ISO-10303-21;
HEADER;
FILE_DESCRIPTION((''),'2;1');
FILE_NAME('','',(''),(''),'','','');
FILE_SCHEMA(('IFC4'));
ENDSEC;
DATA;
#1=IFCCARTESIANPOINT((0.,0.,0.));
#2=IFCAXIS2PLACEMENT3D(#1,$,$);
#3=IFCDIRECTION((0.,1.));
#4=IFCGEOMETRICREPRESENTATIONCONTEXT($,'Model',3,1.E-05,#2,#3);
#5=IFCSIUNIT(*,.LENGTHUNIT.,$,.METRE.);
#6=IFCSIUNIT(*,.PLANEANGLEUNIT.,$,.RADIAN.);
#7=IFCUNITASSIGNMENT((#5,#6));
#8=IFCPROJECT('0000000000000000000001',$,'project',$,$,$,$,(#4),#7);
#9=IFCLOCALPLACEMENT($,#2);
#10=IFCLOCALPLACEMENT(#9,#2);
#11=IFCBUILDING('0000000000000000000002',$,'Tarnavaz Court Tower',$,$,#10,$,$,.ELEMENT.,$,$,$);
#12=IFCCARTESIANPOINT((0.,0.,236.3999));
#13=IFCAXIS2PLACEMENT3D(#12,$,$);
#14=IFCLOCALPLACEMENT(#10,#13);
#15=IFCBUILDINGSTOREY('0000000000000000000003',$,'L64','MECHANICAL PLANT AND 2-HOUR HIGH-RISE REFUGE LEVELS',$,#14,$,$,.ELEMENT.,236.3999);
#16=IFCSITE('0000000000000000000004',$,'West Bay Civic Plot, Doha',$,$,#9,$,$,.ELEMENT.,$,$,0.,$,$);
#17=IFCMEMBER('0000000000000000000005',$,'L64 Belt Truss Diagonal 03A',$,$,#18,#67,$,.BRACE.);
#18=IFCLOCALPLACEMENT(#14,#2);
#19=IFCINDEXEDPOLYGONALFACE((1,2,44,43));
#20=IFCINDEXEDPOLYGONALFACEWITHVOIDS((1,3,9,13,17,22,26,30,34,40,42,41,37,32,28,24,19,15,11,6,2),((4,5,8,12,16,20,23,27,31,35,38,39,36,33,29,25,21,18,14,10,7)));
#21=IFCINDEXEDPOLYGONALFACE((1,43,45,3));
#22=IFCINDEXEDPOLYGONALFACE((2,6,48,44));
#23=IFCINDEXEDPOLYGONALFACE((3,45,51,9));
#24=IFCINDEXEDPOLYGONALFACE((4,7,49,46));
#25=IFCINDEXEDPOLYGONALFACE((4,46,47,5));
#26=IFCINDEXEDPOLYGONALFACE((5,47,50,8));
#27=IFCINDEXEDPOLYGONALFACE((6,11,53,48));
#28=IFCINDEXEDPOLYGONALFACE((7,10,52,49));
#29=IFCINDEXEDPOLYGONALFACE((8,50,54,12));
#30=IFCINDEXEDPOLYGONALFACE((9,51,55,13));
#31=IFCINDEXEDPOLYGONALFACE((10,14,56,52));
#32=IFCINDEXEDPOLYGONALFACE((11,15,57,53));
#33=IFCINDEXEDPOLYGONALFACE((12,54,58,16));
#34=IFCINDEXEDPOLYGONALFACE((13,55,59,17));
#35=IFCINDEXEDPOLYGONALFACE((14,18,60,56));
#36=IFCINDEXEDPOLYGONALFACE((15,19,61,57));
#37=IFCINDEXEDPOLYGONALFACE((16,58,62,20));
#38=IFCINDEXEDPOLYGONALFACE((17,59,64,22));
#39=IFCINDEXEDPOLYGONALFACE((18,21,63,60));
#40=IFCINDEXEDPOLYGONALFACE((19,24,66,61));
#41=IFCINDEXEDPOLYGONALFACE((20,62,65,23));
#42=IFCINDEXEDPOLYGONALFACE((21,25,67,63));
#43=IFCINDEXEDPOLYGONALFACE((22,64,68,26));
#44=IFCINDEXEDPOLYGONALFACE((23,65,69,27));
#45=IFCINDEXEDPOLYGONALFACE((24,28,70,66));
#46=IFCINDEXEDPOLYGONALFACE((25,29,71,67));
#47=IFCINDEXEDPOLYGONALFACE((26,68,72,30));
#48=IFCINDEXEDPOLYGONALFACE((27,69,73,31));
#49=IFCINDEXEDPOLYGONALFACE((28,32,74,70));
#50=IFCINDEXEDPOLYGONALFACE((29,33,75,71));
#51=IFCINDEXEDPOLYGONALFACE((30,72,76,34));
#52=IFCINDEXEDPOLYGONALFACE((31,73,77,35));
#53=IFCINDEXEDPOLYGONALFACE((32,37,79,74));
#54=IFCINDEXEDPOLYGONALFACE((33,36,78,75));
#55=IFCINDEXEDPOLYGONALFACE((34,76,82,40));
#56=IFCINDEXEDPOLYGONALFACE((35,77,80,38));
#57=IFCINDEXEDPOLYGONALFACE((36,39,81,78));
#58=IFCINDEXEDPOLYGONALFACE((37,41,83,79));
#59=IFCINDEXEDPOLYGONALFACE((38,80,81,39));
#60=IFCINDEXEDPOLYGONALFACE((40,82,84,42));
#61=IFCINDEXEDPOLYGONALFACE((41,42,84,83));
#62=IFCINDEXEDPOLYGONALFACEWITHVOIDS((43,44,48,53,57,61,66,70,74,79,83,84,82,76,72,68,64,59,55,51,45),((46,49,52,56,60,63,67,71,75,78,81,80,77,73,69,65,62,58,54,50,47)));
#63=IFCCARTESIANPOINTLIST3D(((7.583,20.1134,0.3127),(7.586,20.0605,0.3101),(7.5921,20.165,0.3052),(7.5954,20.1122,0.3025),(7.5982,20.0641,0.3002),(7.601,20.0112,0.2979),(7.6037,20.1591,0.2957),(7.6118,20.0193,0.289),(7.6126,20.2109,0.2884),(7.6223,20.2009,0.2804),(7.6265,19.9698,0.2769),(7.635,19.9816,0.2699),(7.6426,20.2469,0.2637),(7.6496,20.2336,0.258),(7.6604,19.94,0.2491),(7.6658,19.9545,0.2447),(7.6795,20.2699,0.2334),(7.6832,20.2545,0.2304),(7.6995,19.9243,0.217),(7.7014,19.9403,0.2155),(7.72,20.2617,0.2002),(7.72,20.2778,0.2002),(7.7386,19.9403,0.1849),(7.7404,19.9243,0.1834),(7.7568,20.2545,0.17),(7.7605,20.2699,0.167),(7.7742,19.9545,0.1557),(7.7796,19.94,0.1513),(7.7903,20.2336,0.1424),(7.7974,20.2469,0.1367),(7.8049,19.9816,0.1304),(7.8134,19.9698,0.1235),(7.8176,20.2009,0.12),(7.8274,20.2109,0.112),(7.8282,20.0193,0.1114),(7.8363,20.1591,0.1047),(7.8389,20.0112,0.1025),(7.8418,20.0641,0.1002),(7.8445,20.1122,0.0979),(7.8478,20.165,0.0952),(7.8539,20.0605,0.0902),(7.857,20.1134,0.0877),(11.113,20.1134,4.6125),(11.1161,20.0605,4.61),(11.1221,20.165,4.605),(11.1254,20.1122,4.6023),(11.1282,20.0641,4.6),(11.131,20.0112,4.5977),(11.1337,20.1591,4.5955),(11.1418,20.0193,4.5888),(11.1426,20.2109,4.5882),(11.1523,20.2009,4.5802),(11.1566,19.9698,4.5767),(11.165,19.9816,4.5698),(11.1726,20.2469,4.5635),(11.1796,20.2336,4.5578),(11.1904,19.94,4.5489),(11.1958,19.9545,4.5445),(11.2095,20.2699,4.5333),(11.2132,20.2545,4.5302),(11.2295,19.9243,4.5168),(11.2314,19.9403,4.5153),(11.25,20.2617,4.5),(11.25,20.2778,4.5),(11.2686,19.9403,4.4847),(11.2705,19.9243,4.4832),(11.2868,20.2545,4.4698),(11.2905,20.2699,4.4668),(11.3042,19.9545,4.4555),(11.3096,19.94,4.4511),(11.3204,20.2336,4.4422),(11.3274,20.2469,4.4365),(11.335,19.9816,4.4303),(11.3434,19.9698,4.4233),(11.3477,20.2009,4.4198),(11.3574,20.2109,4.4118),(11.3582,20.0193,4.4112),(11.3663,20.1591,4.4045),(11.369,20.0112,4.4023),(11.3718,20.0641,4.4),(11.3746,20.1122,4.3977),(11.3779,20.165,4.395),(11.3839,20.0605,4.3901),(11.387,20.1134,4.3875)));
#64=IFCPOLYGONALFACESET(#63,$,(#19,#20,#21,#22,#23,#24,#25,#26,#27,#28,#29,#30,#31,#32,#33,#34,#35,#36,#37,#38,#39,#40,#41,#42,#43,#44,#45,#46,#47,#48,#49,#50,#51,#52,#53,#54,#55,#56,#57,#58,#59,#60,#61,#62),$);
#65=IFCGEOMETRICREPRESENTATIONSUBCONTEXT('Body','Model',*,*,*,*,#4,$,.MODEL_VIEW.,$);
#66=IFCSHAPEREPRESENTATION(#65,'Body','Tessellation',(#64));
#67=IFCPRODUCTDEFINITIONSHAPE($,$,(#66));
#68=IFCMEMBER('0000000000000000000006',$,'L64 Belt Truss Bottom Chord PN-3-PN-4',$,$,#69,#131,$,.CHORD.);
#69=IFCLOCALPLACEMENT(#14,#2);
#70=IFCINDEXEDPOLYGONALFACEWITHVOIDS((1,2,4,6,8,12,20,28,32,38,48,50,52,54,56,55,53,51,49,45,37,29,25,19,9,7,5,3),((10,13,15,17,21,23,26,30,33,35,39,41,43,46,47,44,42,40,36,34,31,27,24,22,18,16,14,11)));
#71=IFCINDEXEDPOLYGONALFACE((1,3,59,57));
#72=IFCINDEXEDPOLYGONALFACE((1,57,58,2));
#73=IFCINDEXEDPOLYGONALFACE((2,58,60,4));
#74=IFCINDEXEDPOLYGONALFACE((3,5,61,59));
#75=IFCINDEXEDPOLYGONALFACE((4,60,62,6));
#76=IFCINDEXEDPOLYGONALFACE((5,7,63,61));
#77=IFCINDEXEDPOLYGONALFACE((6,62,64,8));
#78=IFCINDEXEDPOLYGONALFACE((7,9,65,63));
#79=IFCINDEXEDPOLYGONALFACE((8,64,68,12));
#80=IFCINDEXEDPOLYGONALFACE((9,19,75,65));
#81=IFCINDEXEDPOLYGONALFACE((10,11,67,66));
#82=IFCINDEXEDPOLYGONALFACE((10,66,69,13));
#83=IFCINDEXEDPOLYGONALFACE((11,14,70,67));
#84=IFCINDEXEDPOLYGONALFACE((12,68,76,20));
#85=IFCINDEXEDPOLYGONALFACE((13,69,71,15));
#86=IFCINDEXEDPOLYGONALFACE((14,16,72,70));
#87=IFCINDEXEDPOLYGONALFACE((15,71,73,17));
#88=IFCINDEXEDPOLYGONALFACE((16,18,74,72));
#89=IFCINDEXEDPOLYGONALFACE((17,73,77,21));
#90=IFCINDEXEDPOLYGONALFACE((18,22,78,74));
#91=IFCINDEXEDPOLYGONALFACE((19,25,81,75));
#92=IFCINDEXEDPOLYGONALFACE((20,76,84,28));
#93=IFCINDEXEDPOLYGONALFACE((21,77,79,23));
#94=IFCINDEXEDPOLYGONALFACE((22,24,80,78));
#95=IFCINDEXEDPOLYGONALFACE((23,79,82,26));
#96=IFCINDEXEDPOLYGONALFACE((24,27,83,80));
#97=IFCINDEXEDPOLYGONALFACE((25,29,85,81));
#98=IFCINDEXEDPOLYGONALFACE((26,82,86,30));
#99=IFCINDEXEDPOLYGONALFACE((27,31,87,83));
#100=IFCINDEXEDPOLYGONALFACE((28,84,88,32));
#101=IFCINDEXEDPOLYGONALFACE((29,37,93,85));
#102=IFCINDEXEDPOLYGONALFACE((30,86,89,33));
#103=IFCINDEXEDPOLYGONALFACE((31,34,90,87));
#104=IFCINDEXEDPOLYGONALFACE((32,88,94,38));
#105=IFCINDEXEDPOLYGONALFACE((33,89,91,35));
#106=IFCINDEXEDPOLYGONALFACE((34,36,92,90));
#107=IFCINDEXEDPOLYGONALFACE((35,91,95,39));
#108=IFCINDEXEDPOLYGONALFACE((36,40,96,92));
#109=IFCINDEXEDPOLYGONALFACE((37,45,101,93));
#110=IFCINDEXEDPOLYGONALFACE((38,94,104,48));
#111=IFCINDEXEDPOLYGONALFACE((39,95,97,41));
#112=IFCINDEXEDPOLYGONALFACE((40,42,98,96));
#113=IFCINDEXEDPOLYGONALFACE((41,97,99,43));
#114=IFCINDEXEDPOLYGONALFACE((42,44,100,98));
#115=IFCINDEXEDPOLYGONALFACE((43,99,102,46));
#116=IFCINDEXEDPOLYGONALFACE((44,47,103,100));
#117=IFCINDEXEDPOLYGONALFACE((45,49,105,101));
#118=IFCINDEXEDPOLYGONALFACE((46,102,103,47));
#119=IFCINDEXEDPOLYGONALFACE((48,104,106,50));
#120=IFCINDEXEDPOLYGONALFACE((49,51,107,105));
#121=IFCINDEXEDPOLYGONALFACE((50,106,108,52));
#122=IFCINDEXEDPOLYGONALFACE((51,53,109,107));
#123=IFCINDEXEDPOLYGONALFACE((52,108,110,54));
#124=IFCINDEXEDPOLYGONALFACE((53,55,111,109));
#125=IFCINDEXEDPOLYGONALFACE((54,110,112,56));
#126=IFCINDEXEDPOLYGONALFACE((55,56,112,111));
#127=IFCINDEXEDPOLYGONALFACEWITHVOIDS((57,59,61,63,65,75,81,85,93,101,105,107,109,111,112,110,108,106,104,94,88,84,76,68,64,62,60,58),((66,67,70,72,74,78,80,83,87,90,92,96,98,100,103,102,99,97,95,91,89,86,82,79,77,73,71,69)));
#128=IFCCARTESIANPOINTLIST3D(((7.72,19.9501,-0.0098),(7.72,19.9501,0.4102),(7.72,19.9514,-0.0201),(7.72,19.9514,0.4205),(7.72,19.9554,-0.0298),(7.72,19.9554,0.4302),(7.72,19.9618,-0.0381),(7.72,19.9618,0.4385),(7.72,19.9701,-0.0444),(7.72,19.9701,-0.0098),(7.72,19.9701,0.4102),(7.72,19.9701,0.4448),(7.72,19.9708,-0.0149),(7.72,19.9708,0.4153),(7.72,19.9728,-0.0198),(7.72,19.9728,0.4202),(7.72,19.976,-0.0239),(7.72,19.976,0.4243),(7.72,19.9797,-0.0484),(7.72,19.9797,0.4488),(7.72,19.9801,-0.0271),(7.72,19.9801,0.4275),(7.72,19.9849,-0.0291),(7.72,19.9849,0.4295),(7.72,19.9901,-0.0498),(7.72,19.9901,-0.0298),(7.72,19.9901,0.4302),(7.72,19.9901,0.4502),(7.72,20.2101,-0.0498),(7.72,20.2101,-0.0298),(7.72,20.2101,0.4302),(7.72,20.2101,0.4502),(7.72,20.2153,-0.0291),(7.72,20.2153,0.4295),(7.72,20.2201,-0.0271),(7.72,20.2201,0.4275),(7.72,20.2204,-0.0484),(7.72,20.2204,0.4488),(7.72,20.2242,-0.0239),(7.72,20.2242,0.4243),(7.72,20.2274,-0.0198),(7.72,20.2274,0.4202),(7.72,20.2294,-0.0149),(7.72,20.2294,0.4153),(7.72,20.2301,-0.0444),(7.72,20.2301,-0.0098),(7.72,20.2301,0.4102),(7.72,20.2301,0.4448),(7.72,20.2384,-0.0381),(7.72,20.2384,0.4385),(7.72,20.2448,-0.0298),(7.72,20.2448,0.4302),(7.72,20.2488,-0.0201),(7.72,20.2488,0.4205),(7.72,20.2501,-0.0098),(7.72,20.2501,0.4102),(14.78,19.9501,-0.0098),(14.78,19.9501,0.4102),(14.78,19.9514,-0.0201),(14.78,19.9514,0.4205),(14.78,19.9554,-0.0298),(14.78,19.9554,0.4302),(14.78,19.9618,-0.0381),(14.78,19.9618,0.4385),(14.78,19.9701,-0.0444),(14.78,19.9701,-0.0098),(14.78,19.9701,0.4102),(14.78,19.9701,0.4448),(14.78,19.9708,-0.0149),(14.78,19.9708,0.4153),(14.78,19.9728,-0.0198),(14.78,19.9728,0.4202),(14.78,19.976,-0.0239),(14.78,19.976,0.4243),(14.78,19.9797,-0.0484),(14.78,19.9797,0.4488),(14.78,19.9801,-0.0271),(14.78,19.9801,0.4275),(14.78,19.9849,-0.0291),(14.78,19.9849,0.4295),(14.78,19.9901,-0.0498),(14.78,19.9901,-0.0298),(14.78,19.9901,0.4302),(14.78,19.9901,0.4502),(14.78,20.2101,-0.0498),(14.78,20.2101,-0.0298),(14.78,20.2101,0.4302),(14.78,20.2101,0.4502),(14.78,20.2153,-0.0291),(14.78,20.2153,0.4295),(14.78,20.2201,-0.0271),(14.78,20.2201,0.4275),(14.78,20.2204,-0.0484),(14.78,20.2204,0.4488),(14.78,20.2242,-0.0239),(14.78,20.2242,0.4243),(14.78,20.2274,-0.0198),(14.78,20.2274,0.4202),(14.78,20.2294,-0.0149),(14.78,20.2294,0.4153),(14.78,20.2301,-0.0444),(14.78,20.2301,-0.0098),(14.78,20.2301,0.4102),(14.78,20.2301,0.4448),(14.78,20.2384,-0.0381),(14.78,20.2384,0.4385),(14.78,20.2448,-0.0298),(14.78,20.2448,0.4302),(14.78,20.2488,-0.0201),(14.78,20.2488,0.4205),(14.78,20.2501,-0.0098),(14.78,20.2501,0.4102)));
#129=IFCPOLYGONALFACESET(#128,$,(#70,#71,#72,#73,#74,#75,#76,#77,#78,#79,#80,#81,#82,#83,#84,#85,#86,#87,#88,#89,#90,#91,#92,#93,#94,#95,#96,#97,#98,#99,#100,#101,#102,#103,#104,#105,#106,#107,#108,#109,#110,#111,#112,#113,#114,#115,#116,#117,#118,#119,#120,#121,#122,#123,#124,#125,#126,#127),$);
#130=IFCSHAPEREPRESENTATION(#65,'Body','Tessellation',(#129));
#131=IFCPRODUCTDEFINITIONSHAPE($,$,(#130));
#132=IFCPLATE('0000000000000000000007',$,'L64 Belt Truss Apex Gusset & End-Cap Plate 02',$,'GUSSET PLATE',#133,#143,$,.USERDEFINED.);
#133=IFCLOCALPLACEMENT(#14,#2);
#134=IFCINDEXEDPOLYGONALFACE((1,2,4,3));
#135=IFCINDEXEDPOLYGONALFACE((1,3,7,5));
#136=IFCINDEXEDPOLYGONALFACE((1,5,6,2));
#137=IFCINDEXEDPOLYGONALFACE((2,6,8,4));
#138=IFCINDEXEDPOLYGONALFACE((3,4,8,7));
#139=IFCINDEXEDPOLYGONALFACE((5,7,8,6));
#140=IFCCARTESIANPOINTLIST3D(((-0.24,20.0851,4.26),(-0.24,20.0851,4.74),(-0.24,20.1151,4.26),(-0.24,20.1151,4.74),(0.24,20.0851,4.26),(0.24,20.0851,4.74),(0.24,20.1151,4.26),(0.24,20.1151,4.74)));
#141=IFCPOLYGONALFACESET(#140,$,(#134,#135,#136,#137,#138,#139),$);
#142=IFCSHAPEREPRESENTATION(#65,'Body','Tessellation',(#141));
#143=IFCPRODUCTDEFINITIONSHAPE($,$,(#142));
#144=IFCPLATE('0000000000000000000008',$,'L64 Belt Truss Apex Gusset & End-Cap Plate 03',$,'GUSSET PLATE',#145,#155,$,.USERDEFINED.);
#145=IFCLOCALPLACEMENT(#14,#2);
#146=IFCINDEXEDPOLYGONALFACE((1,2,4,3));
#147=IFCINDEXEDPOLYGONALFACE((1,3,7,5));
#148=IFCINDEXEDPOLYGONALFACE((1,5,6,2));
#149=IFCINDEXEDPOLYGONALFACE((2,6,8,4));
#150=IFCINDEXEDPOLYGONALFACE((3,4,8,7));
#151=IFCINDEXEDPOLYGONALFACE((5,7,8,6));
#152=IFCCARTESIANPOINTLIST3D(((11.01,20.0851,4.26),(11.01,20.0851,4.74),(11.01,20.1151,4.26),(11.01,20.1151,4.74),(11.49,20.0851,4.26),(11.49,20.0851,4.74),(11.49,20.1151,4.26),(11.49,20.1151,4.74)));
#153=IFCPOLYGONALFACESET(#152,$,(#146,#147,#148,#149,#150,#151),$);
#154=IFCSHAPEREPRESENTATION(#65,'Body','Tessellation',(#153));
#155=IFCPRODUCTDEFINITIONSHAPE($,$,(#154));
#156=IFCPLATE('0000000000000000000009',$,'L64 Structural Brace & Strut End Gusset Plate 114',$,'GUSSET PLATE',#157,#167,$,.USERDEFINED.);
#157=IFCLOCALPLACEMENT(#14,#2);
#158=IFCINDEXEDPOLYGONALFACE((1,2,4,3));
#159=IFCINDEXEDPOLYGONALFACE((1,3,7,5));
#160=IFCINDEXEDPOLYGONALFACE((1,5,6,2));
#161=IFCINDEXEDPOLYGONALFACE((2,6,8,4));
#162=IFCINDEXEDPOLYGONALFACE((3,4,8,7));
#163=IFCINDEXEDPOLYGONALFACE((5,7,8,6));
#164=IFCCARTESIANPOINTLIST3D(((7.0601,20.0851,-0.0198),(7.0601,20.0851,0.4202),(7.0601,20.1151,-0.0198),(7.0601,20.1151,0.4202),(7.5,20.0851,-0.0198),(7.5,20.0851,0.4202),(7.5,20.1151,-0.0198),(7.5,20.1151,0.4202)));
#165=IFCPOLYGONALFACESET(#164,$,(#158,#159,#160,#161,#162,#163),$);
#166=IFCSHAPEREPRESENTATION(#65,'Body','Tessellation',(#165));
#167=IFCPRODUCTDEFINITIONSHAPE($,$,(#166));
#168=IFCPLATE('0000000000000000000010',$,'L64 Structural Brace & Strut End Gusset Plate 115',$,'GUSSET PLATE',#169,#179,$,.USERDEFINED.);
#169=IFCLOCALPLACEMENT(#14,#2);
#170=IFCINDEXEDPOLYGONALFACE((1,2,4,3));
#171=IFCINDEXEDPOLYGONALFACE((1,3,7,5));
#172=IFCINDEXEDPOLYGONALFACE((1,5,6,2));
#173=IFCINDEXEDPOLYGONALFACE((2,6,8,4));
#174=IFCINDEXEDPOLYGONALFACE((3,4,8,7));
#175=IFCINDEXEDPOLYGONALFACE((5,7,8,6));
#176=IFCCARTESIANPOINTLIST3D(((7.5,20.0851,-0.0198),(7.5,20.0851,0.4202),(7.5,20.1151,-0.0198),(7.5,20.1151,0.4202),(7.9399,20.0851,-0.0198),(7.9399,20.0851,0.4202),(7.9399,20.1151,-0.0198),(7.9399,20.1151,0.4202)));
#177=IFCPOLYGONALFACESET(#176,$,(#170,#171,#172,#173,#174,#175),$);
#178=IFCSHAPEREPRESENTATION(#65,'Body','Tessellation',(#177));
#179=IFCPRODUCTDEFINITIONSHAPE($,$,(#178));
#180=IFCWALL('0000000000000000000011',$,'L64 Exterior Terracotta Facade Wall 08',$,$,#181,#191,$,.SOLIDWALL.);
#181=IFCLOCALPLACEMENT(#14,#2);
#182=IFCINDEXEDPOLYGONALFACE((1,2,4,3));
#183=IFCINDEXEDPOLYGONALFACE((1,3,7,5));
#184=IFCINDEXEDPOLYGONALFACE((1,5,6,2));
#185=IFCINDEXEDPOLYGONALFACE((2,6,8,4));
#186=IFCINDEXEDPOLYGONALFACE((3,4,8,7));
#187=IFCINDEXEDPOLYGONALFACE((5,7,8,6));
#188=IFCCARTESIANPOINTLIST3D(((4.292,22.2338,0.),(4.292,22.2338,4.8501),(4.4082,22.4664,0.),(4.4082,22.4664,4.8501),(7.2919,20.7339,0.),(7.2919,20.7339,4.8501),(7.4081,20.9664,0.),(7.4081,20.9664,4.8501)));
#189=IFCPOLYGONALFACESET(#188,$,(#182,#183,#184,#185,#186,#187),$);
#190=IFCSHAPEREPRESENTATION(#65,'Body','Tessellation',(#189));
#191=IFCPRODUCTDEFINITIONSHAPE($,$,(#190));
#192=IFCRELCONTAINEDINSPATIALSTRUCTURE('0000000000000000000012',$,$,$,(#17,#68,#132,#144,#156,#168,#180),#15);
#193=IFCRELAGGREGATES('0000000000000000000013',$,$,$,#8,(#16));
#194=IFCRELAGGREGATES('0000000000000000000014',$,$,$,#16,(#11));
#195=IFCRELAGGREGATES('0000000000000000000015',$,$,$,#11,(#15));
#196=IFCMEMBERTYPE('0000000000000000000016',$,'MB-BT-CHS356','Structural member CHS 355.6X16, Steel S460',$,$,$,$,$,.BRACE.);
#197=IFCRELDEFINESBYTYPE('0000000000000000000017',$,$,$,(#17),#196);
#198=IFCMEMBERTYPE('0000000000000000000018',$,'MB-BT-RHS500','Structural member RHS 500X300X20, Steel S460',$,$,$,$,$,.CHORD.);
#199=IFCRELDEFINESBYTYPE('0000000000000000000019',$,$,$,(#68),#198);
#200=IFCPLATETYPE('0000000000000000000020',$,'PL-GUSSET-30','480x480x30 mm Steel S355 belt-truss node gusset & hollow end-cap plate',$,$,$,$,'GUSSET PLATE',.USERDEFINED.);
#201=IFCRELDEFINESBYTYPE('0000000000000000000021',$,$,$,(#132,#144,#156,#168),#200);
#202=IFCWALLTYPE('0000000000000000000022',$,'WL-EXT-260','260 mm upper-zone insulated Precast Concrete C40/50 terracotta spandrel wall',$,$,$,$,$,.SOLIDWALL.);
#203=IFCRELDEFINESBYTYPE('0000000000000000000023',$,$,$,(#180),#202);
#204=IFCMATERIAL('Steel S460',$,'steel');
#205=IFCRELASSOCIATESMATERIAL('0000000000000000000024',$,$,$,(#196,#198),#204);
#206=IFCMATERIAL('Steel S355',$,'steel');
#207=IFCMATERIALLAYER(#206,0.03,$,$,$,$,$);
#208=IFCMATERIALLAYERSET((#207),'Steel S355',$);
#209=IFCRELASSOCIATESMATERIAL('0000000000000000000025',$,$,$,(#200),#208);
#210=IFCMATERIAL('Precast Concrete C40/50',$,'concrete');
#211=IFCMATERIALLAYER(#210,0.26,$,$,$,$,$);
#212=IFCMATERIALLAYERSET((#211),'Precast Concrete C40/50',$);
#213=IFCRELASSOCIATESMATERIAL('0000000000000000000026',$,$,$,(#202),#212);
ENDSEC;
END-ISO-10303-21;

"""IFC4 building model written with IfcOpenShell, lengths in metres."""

from ifc_helpers import new_model, si_unit, direction, frame, frame_2d, origin, origin_2d, place, context, subcontext, project, spatial, rectangle, hollow_rectangle, hollow_circle, extrude, material, layer, layer_set, material_profile, profile_set, type_object, element, save


model = new_model("IFC4")

# Units and contexts
model_context = context("Model", 3, precision=1e-05, world=origin(), true_north=direction((0.0, 1.0)))
body_context = subcontext(model_context, "Body", "Model", "MODEL_VIEW")
ifc_project = project(units=[si_unit("LENGTHUNIT", "METRE"), si_unit("PLANEANGLEUNIT", "RADIAN")], contexts=[model_context])

# Site, building, storey
site_placement = place(None, origin())
site = spatial("IfcSite", under=ifc_project, at=site_placement, Name="West Bay Civic Plot, Doha", CompositionType="ELEMENT", RefElevation=0.0)
building_placement = place(site_placement, origin())
building = spatial("IfcBuilding", under=site, at=building_placement, Name="Tarnavaz Court Tower", CompositionType="ELEMENT")
storey_placement = place(building_placement, frame((0.0, 0.0, 236.3999)))
storey = spatial("IfcBuildingStorey", under=building, at=storey_placement, Name="L64", Description="MECHANICAL PLANT AND 2-HOUR HIGH-RISE REFUGE LEVELS", CompositionType="ELEMENT", Elevation=236.3999)

# Shared definitions
ifc_material_1 = material(Name="Steel S460", Category="steel")

# Shared definitions
ifc_material_2 = material(Name="Steel S355", Category="steel")

# Members
ifc_material_profile_1 = material_profile(ifc_material_1, hollow_circle(Radius=0.1777, WallThickness=0.0161, at=origin_2d()), Name="CHS 355.6X16")
ifc_profile_set_1 = profile_set([ifc_material_profile_1], Name="Steel S460")
member_type_1 = type_object("IfcMemberType", Name="MB-BT-CHS356", Description="Structural member CHS 355.6X16, Steel S460", PredefinedType="BRACE", material=ifc_profile_set_1)
member_1_placement = place(storey_placement, frame((7.72, 20.1001, 0.2002), z_axis=(0.63453, 0.0, 0.772898), x_axis=(0.0, 1.0, 0.0)))
element("IfcMember", 1, at=member_1_placement, inside=storey, type_object=member_type_1, Name="L64 Belt Truss Diagonal 03A", PredefinedType="BRACE", context=body_context, shape_type="SweptSolid", body=[
    extrude(hollow_circle(Radius=0.1777, WallThickness=0.0161, at=origin_2d()), origin(), (0.0, 0.0, 1.0), 5.5632),
])
ifc_material_profile_2 = material_profile(ifc_material_1, hollow_rectangle(XDim=0.3, YDim=0.5, WallThickness=0.02, InnerFilletRadius=0.02, OuterFilletRadius=0.04, at=origin_2d()), Name="RHS 500X300X20")
ifc_profile_set_2 = profile_set([ifc_material_profile_2], Name="Steel S460")
member_type_2 = type_object("IfcMemberType", Name="MB-BT-RHS500", Description="Structural member RHS 500X300X20, Steel S460", PredefinedType="CHORD", material=ifc_profile_set_2)
member_2_placement = place(storey_placement, frame((7.72, 20.1001, 0.2002), z_axis=(1.0, 0.0, 0.0), x_axis=(0.0, 1.0, 0.0)))
element("IfcMember", 2, at=member_2_placement, inside=storey, type_object=member_type_2, Name="L64 Belt Truss Bottom Chord PN-3-PN-4", PredefinedType="CHORD", context=body_context, shape_type="SweptSolid", body=[
    extrude(hollow_rectangle(XDim=0.3, YDim=0.5, WallThickness=0.02, InnerFilletRadius=0.02, OuterFilletRadius=0.04, at=origin_2d()), origin(), (0.0, 0.0, 1.0), 7.0601),
])

# Plates
ifc_layer_1 = layer(ifc_material_2, 0.03)
ifc_layer_set_1 = layer_set([ifc_layer_1], Name="Steel S355")
plate_type = type_object("IfcPlateType", Name="PL-GUSSET-30", Description="480x480x30 mm Steel S355 belt-truss node gusset & hollow end-cap plate", ElementType="GUSSET PLATE", PredefinedType="USERDEFINED", material=ifc_layer_set_1)
for number, where, z_axis, x_axis, name in (
    (3, (0.0, 20.1001, 4.26), (0.0, 0.0, 1.0), (1.0, 0.0, 0.0), "L64 Belt Truss Apex Gusset & End-Cap Plate 02"),
    (4, (11.25, 20.1001, 4.26), (0.0, 0.0, 1.0), (1.0, 0.0, 0.0), "L64 Belt Truss Apex Gusset & End-Cap Plate 03"),
):
    element("IfcPlate", number, at=place(storey_placement, frame(where, z_axis=z_axis, x_axis=x_axis)), inside=storey, type_object=plate_type, Name=name, ObjectType="GUSSET PLATE", PredefinedType="USERDEFINED", context=body_context, shape_type="SweptSolid", body=[
        extrude(rectangle(XDim=0.48, YDim=0.03, at=origin_2d()), origin(), (0.0, 0.0, 1.0), 0.48),
    ])
for number, where, z_axis, x_axis, name in (
    (5, (7.28, 20.1001, -0.0198), (0.0, 0.0, 1.0), (1.0, 0.0, 0.0), "L64 Structural Brace & Strut End Gusset Plate 114"),
    (6, (7.72, 20.1001, -0.0198), (0.0, 0.0, 1.0), (1.0, 0.0, 0.0), "L64 Structural Brace & Strut End Gusset Plate 115"),
):
    element("IfcPlate", number, at=place(storey_placement, frame(where, z_axis=z_axis, x_axis=x_axis)), inside=storey, type_object=plate_type, Name=name, ObjectType="GUSSET PLATE", PredefinedType="USERDEFINED", context=body_context, shape_type="SweptSolid", body=[
        extrude(rectangle(XDim=0.4399, YDim=0.03, at=origin_2d()), origin(), (0.0, 0.0, 1.0), 0.4399),
    ])

# Wall
ifc_material_3 = material(Name="Precast Concrete C40/50", Category="concrete")
ifc_layer_2 = layer(ifc_material_3, 0.26)
ifc_layer_set_2 = layer_set([ifc_layer_2], Name="Precast Concrete C40/50")
wall_type_1 = type_object("IfcWallType", Name="WL-EXT-260", Description="260 mm upper-zone insulated Precast Concrete C40/50 terracotta spandrel wall", PredefinedType="SOLIDWALL", material=ifc_layer_set_2)
wall_1_placement = place(storey_placement, frame((4.3501, 22.3501, 0.0), z_axis=(0.0, 0.0, 1.0), x_axis=(0.894427, -0.447214, 0.0)))
element("IfcWall", 7, at=wall_1_placement, inside=storey, type_object=wall_type_1, Name="L64 Exterior Terracotta Facade Wall 08", PredefinedType="SOLIDWALL", context=body_context, shape_type="SweptSolid", body=[
    extrude(rectangle(XDim=3.354, YDim=0.26, at=frame_2d((1.677, 0.0))), origin(), (0.0, 0.0, 1.0), 4.8501),
])

save(model, "model.ifc")
